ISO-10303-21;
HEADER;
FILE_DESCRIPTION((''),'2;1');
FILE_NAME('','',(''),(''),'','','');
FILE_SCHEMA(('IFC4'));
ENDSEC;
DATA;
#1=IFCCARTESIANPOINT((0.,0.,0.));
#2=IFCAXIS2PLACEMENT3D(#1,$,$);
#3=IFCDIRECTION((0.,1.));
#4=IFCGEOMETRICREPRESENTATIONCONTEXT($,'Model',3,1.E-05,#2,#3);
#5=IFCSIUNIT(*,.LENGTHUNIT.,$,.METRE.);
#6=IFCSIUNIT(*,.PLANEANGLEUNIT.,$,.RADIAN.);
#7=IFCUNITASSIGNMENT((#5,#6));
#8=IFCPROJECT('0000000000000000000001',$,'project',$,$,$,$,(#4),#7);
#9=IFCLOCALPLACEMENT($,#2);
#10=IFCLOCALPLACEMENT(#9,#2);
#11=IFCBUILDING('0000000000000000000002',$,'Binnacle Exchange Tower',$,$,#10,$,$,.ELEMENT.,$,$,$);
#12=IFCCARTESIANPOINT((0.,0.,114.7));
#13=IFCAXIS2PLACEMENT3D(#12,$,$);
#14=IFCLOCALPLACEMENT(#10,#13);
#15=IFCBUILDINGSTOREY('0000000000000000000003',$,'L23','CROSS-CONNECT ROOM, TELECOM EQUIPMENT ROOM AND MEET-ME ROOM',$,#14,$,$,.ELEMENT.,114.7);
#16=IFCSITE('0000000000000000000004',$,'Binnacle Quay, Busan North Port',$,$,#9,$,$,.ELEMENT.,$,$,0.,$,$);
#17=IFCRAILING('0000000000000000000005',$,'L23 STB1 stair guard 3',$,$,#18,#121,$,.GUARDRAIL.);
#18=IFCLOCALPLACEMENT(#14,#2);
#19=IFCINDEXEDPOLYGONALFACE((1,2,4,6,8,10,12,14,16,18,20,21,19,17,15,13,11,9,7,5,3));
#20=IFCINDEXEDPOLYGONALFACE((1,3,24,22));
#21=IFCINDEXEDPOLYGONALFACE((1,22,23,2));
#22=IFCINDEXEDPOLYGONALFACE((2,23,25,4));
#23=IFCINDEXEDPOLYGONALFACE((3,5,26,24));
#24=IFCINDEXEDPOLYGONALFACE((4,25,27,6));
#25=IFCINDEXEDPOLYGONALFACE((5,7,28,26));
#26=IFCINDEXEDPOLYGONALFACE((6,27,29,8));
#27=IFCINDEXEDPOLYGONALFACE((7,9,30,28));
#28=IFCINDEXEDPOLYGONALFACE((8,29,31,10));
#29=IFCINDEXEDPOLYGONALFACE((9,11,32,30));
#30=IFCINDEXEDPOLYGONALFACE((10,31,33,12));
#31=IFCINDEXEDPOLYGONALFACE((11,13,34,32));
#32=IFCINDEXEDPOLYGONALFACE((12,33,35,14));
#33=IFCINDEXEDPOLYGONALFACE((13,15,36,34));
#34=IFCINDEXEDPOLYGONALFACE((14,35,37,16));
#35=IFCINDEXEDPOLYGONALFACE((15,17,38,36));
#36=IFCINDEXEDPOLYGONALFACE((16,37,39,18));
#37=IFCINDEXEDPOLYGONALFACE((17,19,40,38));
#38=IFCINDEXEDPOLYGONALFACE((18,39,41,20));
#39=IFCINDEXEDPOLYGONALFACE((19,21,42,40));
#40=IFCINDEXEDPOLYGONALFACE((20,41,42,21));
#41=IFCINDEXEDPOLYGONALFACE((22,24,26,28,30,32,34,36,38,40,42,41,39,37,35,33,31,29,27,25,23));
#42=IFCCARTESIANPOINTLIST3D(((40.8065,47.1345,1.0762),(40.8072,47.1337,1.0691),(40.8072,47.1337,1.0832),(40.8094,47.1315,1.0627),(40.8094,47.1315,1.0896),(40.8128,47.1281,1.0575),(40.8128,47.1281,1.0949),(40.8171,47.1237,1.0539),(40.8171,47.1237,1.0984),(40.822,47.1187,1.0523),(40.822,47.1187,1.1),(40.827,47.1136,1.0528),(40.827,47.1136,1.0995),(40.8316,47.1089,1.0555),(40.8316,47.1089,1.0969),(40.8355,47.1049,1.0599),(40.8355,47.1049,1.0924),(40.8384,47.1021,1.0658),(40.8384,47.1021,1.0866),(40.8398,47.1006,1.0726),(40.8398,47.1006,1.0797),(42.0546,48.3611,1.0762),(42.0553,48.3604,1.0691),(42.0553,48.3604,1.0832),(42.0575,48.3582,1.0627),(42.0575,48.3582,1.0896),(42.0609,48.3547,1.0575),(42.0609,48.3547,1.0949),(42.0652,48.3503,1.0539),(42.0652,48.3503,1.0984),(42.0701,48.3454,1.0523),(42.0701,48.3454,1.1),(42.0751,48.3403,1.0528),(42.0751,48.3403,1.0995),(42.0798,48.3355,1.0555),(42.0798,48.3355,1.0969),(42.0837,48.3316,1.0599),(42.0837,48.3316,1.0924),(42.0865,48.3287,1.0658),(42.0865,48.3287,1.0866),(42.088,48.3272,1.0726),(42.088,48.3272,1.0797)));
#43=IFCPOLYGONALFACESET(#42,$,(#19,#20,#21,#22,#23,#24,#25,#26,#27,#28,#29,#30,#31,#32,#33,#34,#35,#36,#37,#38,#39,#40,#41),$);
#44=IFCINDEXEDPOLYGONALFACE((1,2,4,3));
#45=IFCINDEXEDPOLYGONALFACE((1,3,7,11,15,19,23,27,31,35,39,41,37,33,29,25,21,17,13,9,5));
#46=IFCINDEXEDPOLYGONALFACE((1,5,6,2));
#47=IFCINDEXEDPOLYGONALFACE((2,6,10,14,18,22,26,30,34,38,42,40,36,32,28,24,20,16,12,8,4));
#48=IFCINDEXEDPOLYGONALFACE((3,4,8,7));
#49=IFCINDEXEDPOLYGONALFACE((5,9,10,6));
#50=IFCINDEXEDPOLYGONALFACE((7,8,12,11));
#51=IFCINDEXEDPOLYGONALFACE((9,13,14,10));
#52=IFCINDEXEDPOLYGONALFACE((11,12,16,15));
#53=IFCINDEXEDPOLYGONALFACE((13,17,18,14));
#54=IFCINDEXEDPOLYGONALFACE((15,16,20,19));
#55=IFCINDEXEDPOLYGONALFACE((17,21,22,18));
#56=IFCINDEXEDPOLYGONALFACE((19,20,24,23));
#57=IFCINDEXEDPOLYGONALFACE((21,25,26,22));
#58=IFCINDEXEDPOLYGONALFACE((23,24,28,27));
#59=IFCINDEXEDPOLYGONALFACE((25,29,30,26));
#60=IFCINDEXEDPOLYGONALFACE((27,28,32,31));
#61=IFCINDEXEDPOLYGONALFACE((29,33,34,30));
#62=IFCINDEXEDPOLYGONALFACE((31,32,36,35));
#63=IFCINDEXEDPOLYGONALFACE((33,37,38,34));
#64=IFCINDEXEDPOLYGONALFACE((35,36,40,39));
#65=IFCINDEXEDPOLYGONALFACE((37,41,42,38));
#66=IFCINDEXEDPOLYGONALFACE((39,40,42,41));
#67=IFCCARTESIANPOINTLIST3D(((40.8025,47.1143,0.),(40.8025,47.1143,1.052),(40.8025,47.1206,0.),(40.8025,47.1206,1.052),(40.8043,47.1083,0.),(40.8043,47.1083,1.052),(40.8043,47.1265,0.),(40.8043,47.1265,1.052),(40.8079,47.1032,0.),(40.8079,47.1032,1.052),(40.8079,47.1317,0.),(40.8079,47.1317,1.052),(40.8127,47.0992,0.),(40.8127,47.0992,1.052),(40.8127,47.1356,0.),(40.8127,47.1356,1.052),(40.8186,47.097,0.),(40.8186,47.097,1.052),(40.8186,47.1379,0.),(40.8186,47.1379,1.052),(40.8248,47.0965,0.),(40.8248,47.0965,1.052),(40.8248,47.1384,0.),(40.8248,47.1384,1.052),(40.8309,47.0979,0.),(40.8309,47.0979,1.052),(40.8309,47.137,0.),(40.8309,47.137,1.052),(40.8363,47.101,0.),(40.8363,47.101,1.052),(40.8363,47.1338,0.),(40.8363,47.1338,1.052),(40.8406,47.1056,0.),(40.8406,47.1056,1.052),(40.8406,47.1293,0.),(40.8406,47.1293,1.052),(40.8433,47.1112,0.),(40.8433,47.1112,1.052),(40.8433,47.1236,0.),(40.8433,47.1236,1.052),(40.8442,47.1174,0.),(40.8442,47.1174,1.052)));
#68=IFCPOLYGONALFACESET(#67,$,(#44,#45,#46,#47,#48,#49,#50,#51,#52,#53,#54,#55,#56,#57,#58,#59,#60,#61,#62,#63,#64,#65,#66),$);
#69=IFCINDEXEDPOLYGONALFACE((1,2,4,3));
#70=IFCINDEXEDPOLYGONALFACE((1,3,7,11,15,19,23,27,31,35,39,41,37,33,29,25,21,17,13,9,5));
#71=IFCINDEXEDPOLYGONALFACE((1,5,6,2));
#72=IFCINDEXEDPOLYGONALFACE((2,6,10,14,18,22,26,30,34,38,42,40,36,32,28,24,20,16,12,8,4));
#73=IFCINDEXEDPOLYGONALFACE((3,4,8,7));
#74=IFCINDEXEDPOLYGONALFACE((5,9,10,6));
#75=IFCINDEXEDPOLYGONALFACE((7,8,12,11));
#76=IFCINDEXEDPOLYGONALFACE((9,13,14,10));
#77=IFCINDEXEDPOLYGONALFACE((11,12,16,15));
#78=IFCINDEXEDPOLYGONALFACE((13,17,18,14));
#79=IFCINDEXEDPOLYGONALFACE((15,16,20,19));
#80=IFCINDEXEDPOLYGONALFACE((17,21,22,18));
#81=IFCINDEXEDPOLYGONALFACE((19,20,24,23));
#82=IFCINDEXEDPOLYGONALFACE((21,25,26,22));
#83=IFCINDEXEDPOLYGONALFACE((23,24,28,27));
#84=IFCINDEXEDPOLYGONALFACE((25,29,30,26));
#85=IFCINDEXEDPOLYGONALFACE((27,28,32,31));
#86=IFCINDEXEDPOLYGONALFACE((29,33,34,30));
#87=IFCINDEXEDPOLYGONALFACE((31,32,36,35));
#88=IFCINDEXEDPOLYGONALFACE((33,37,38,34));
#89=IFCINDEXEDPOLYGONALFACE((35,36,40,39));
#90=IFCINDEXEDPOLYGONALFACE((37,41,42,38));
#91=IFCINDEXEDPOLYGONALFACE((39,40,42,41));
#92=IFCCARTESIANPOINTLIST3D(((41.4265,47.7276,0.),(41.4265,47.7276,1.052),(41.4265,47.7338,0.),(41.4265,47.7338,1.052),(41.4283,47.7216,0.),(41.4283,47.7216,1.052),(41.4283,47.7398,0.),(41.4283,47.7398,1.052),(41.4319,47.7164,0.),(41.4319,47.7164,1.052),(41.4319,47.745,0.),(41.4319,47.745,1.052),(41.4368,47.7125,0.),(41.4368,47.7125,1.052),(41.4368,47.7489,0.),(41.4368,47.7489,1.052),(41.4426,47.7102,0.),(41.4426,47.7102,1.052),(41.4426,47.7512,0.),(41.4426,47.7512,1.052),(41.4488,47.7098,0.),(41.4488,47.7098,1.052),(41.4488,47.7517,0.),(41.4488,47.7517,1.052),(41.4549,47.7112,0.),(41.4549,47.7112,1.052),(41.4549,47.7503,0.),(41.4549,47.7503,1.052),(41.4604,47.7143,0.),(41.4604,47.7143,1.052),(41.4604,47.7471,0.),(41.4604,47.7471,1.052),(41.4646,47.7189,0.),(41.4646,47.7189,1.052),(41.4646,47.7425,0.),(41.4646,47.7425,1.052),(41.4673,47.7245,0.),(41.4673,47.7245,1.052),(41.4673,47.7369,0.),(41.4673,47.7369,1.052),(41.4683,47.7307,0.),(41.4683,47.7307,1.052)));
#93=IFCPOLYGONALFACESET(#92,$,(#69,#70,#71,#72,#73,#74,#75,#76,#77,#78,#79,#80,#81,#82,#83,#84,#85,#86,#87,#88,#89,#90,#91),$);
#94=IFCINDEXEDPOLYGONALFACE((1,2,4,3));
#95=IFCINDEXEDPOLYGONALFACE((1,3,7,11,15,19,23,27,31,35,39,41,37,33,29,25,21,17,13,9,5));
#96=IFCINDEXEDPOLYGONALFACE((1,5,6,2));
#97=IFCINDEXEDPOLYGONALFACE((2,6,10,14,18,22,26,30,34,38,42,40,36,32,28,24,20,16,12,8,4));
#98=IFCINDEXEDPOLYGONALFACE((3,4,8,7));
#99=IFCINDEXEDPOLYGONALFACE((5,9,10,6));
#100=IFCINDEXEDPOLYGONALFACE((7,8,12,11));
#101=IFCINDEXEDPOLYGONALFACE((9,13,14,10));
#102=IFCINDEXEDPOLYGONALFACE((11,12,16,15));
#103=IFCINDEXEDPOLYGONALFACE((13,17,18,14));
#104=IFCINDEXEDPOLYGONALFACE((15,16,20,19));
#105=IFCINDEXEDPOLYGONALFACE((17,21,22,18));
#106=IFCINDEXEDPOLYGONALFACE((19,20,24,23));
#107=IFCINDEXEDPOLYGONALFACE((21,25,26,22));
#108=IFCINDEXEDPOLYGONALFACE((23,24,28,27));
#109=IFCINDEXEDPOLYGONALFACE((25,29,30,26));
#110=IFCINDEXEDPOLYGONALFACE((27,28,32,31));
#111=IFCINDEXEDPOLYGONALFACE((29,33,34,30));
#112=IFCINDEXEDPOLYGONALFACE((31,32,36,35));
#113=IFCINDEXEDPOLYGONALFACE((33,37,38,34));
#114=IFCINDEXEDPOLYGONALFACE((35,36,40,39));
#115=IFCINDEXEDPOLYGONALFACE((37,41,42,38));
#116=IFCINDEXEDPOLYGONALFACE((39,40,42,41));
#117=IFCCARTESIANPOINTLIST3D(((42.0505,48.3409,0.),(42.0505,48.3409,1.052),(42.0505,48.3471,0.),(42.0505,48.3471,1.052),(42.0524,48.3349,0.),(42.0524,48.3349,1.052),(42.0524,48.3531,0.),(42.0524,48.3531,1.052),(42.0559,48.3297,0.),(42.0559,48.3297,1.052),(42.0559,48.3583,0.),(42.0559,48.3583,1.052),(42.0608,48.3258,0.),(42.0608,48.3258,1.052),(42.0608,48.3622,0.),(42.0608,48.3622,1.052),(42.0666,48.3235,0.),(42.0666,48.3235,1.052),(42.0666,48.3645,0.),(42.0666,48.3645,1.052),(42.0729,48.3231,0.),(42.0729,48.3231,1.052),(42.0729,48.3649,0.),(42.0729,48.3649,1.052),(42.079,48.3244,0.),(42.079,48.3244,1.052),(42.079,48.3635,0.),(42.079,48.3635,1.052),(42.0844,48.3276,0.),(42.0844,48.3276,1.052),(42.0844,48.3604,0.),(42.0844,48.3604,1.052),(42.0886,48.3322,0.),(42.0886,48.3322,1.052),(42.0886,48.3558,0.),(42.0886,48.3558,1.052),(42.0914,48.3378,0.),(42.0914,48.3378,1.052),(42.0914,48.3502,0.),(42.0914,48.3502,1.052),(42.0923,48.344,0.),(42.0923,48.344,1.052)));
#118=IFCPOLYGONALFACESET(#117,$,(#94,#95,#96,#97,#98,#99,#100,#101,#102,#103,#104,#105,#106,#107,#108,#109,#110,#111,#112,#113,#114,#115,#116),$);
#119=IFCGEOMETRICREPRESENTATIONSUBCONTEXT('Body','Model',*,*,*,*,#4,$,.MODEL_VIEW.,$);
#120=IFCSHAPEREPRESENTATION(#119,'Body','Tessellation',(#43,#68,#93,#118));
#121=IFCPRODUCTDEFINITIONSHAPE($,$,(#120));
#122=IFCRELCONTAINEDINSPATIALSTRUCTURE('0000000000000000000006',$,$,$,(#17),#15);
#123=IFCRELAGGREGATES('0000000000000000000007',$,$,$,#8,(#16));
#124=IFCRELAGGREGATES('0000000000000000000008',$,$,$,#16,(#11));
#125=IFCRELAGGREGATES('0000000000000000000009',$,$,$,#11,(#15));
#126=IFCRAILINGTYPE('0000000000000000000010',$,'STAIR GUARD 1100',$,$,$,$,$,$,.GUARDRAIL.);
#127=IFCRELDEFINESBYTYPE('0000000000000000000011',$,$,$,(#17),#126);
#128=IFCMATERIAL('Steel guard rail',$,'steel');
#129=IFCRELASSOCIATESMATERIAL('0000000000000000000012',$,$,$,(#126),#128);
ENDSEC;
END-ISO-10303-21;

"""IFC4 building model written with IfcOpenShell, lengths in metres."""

from ifc_helpers import new_model, si_unit, direction, frame, origin, origin_2d, place, context, subcontext, project, spatial, circle, extrude, material, type_object, element, save


model = new_model("IFC4")

# Units and contexts
model_context = context("Model", 3, precision=1e-05, world=origin(), true_north=direction((0.0, 1.0)))
body_context = subcontext(model_context, "Body", "Model", "MODEL_VIEW")
ifc_project = project(units=[si_unit("LENGTHUNIT", "METRE"), si_unit("PLANEANGLEUNIT", "RADIAN")], contexts=[model_context])

# Site, building, storey
site_placement = place(None, origin())
site = spatial("IfcSite", under=ifc_project, at=site_placement, Name="Binnacle Quay, Busan North Port", CompositionType="ELEMENT", RefElevation=0.0)
building_placement = place(site_placement, origin())
building = spatial("IfcBuilding", under=site, at=building_placement, Name="Binnacle Exchange Tower", CompositionType="ELEMENT")
storey_placement = place(building_placement, frame((0.0, 0.0, 114.7)))
storey = spatial("IfcBuildingStorey", under=building, at=storey_placement, Name="L23", Description="CROSS-CONNECT ROOM, TELECOM EQUIPMENT ROOM AND MEET-ME ROOM", CompositionType="ELEMENT", Elevation=114.7)

# Railing
ifc_material_1 = material(Name="Steel guard rail", Category="steel")
railing_type_1 = type_object("IfcRailingType", Name="STAIR GUARD 1100", PredefinedType="GUARDRAIL", material=ifc_material_1)
railing_1_placement = place(storey_placement, frame((40.8232, 47.1174, 0.0)))
element("IfcRailing", 1, at=railing_1_placement, inside=storey, type_object=railing_type_1, Name="L23 STB1 stair guard 3", PredefinedType="GUARDRAIL", context=body_context, shape_type="SweptSolid", body=[
    extrude(circle(Radius=0.0239, at=origin_2d()), frame((0.0, 0.0, 1.0762), z_axis=(0.713219, 0.700941, 0.0), x_axis=(-0.700941, 0.713219, 0.0)), (0.0, 0.0, 1.0), 1.75),
    extrude(circle(Radius=0.021, at=origin_2d()), origin(), (0.0, 0.0, 1.0), 1.052),
    extrude(circle(Radius=0.021, at=origin_2d()), frame((0.624, 0.6133, 0.0)), (0.0, 0.0, 1.0), 1.052),
    extrude(circle(Radius=0.021, at=origin_2d()), frame((1.248, 1.2266, 0.0)), (0.0, 0.0, 1.0), 1.052),
])

save(model, "model.ifc")
